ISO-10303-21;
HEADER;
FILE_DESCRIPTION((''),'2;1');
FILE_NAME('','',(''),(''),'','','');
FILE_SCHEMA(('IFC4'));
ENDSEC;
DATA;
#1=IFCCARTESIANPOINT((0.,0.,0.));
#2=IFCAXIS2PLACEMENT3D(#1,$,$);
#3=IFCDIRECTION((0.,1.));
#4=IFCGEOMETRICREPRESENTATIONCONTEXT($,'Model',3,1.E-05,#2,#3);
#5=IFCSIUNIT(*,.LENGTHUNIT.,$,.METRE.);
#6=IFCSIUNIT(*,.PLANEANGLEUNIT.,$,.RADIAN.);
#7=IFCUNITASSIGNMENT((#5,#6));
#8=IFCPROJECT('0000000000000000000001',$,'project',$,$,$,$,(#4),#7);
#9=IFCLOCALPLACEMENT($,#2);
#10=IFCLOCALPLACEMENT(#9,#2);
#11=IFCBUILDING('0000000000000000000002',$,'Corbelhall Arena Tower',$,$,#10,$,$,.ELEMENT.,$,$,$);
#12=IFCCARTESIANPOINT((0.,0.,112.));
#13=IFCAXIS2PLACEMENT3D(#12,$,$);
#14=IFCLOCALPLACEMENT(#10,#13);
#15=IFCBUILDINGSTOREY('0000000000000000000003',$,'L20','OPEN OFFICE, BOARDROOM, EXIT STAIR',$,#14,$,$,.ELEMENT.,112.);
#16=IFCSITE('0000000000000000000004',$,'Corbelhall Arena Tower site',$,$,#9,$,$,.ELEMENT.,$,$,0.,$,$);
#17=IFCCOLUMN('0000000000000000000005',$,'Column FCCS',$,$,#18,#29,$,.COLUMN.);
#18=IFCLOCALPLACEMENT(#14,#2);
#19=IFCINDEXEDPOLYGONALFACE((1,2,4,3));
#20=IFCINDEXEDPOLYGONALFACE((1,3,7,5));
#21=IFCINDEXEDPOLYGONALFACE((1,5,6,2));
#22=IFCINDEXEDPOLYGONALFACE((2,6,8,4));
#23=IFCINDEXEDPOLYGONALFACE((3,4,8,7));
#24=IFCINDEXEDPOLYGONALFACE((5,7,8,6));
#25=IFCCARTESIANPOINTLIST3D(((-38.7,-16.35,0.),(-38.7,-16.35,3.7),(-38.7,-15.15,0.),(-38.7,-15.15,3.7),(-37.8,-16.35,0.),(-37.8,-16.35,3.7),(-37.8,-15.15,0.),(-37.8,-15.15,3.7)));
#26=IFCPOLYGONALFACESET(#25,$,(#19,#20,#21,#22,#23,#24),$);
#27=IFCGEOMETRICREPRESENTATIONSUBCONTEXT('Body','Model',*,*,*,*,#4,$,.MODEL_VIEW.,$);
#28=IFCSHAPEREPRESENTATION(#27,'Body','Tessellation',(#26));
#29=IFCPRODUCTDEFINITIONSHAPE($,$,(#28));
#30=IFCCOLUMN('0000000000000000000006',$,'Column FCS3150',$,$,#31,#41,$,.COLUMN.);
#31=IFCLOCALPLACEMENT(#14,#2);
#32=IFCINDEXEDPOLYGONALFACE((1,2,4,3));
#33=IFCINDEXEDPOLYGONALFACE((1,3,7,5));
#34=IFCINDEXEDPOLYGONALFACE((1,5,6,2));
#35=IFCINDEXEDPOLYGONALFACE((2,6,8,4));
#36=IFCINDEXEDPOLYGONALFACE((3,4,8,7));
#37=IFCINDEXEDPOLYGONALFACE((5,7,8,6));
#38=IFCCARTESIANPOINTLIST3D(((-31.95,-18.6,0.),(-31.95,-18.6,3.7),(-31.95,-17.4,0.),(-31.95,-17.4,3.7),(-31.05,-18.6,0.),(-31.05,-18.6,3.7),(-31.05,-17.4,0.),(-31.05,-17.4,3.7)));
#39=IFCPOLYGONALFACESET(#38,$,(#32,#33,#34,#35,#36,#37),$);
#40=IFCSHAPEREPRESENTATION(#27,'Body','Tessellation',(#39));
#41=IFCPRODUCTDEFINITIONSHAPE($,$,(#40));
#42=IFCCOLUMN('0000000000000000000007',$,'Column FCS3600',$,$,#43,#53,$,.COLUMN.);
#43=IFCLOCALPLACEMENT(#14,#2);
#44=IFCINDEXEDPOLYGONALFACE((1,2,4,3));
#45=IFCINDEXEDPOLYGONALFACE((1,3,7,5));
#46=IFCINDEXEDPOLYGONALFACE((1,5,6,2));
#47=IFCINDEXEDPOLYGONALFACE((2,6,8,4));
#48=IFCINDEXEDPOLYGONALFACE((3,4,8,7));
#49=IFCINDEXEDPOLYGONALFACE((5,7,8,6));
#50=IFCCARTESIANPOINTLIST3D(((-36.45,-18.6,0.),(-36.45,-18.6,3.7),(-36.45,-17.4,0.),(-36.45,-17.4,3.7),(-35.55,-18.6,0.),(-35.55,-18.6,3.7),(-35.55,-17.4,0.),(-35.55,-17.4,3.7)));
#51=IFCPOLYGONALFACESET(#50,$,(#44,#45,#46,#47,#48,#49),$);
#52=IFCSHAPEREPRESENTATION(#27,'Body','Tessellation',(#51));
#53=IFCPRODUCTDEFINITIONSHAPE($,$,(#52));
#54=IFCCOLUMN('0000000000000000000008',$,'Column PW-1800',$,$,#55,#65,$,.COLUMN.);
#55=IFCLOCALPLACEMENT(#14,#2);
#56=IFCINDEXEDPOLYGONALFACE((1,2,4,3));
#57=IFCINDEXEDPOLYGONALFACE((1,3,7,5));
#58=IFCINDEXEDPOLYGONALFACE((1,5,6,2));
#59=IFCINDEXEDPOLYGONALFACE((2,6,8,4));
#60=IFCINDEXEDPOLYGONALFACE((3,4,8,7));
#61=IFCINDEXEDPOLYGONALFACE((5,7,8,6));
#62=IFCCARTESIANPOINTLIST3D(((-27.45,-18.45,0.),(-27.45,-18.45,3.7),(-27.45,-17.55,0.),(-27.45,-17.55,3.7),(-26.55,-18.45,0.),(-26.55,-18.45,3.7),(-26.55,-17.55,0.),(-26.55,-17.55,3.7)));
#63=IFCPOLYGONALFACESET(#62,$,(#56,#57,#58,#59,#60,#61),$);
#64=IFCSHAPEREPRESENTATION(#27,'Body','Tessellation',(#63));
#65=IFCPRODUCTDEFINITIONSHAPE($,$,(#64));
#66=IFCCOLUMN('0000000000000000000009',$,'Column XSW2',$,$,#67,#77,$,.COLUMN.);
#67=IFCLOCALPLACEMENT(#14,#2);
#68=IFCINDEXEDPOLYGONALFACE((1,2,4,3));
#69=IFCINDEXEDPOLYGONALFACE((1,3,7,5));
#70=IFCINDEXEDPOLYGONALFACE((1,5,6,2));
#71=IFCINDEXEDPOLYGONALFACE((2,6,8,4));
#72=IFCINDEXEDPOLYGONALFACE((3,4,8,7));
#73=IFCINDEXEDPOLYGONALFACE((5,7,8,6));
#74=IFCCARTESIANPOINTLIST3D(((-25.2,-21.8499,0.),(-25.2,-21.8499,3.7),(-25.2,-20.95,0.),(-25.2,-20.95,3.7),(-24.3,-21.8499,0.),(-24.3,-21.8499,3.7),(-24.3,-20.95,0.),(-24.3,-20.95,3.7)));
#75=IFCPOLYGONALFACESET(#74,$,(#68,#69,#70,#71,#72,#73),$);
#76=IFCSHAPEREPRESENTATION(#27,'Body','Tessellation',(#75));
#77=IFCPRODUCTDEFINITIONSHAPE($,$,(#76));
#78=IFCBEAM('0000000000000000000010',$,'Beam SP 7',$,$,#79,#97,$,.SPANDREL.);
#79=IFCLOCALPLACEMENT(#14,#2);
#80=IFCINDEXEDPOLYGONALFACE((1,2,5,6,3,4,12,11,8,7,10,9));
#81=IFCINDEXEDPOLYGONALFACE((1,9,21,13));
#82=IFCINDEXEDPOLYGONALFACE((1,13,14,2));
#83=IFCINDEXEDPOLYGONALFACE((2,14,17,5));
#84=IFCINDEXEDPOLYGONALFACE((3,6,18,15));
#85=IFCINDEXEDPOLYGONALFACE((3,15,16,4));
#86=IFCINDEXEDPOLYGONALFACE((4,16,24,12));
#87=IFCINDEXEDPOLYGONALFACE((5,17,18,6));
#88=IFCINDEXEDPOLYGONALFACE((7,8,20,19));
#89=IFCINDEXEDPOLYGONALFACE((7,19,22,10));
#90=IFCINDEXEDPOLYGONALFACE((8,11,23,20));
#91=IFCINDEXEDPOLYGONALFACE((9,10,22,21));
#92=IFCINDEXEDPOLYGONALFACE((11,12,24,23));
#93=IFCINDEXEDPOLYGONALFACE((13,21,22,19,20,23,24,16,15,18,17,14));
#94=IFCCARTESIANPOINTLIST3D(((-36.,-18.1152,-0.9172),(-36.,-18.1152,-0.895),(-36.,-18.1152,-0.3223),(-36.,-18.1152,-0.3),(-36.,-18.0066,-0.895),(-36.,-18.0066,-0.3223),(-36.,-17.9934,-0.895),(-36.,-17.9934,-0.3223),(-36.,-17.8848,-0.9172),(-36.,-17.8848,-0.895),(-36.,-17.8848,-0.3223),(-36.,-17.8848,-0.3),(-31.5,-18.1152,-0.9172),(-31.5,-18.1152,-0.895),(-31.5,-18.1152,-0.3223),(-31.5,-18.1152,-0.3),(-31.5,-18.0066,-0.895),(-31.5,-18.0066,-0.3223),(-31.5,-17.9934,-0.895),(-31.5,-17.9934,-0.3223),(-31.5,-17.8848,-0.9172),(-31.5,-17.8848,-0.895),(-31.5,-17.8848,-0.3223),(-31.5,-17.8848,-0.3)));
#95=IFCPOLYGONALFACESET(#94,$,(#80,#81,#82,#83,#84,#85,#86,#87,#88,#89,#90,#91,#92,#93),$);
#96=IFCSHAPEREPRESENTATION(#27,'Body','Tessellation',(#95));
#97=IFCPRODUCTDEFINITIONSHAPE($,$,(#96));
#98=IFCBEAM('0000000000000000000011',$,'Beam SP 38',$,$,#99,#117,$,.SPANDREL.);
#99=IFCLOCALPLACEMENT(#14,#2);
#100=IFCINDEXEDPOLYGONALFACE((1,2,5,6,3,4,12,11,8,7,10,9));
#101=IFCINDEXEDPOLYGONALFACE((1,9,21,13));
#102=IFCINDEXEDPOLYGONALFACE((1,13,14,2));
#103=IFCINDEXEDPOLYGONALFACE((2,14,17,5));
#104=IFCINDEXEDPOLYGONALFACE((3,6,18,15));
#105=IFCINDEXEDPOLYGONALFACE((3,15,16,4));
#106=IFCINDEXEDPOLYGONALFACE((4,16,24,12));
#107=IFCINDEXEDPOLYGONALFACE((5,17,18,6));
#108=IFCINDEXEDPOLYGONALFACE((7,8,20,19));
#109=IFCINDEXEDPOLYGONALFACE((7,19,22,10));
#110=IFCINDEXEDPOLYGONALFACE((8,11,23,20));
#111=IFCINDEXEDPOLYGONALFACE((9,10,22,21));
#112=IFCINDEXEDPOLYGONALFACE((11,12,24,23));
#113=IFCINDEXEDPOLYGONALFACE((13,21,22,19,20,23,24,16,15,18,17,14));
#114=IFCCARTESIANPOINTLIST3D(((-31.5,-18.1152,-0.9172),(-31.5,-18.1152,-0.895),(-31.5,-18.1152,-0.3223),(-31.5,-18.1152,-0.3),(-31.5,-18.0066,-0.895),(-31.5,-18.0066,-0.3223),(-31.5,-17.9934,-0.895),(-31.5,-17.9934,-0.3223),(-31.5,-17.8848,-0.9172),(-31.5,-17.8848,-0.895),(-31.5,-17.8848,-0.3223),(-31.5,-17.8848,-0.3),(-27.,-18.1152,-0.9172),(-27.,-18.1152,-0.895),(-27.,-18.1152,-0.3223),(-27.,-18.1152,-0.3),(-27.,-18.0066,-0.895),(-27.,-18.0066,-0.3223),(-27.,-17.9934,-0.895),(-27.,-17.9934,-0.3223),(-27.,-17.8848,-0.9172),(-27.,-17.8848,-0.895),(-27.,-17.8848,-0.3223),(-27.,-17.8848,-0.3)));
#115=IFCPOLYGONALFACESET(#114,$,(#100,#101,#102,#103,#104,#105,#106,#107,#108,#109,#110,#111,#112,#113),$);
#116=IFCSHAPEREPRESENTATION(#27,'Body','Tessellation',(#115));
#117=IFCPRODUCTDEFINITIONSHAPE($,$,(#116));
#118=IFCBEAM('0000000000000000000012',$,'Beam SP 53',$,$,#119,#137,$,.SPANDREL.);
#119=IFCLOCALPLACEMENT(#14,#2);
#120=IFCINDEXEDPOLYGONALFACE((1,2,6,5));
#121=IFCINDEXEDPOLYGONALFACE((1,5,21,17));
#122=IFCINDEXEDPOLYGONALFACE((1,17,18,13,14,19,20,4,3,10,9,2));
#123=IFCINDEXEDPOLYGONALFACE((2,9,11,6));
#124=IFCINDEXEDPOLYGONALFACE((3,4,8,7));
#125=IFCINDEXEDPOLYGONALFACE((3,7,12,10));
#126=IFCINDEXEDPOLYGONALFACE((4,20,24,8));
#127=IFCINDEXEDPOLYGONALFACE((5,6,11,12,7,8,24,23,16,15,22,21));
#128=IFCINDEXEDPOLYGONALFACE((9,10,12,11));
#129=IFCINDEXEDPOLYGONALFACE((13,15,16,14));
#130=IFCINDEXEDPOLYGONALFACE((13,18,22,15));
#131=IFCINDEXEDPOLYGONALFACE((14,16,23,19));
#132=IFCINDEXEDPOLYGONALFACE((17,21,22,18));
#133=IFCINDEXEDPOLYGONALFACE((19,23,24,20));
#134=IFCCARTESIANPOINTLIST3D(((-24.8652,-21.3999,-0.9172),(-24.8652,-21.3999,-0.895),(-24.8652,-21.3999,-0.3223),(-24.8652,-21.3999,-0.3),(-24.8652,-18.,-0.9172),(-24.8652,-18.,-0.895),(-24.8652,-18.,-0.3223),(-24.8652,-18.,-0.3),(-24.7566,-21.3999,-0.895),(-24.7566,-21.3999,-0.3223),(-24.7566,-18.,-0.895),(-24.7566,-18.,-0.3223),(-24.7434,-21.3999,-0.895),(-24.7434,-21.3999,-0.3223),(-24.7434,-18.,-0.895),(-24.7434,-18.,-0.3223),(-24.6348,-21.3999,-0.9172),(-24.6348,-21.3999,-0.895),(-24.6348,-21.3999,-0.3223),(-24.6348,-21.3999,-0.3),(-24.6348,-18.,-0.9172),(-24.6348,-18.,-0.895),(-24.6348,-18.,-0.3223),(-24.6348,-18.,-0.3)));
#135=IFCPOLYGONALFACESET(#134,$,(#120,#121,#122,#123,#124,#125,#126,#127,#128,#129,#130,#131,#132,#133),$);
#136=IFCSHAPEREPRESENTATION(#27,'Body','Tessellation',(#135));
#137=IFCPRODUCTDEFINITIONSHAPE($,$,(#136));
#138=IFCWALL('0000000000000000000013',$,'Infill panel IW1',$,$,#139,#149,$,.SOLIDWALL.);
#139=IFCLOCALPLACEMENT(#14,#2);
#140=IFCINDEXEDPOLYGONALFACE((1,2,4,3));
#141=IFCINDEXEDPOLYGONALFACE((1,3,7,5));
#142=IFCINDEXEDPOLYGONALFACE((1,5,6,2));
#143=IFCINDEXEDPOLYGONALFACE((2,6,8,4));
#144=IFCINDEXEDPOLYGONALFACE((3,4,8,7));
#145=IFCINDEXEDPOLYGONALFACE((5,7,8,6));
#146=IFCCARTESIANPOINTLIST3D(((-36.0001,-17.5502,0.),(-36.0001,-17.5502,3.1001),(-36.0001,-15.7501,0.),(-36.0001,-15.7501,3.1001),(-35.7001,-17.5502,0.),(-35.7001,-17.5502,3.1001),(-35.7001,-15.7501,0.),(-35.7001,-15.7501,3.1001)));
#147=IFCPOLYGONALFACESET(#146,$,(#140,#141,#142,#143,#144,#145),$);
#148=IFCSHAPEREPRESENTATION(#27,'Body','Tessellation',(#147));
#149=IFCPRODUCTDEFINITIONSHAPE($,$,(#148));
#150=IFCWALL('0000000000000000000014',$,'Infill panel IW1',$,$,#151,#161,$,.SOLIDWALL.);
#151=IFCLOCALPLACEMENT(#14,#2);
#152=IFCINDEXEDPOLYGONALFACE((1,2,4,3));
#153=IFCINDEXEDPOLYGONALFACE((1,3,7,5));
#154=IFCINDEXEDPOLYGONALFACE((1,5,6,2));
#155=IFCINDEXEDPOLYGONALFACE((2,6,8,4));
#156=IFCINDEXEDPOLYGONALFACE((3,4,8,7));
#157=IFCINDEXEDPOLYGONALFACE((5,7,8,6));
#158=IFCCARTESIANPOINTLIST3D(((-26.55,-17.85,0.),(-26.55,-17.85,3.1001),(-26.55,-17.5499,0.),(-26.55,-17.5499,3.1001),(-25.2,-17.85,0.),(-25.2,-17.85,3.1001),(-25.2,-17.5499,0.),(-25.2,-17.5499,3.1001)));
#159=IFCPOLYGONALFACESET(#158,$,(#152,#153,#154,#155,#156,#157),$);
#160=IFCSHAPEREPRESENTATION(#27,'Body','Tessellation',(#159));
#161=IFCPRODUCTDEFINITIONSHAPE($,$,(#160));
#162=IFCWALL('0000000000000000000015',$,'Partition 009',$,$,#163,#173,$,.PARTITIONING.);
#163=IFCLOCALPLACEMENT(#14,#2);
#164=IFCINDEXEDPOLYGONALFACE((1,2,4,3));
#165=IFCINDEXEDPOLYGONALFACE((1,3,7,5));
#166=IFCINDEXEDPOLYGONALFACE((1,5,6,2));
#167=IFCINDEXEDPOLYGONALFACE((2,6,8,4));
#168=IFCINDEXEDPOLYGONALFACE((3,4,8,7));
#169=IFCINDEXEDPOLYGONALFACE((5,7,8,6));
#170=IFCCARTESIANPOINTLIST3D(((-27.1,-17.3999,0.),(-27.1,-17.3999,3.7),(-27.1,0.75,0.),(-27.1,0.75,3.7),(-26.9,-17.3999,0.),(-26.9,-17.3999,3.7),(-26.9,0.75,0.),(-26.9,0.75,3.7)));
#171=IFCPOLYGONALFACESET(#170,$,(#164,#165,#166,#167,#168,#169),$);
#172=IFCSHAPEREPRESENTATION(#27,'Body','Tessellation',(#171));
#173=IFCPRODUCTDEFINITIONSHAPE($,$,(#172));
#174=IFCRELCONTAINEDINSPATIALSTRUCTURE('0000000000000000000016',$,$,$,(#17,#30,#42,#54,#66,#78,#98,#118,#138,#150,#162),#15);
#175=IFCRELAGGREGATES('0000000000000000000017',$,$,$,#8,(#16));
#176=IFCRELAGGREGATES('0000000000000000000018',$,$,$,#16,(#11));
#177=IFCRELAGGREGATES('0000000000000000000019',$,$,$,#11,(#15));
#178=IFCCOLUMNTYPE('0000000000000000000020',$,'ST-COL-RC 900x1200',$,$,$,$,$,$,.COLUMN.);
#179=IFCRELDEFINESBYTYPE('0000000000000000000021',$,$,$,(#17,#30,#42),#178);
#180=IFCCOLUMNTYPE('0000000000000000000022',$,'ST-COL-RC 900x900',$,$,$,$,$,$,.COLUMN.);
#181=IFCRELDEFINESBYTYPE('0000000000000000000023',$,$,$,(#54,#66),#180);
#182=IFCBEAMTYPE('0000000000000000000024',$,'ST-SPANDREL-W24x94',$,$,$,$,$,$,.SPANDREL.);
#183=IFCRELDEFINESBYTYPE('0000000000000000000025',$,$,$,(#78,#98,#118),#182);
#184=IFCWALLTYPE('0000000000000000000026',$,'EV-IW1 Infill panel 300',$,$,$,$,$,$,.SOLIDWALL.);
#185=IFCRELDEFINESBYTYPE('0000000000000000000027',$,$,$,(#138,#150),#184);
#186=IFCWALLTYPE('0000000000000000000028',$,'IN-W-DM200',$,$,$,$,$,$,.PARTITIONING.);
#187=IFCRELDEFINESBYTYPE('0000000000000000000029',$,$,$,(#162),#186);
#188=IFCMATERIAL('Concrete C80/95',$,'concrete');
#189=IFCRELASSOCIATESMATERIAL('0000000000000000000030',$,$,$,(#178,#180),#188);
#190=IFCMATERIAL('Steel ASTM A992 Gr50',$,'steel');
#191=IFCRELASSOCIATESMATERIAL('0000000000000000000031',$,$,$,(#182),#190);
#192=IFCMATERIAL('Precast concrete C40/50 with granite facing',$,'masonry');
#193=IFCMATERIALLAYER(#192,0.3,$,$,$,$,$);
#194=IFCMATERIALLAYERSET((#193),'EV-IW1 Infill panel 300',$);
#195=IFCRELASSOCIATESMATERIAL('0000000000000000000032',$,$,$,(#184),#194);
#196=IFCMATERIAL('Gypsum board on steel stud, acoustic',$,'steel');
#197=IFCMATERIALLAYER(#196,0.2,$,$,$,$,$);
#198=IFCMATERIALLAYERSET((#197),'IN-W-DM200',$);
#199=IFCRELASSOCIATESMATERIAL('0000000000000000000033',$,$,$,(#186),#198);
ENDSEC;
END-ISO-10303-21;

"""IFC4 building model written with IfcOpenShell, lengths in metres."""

from ifc_helpers import new_model, si_unit, direction, frame, frame_2d, origin, origin_2d, place, context, subcontext, project, spatial, rectangle, i_section, extrude, material, layer, layer_set, material_profile, profile_set, type_object, element, save


model = new_model("IFC4")

# Units and contexts
model_context = context("Model", 3, precision=1e-05, world=origin(), true_north=direction((0.0, 1.0)))
body_context = subcontext(model_context, "Body", "Model", "MODEL_VIEW")
ifc_project = project(units=[si_unit("LENGTHUNIT", "METRE"), si_unit("PLANEANGLEUNIT", "RADIAN")], contexts=[model_context])

# Site, building, storey
site_placement = place(None, origin())
site = spatial("IfcSite", under=ifc_project, at=site_placement, Name="Corbelhall Arena Tower site", CompositionType="ELEMENT", RefElevation=0.0)
building_placement = place(site_placement, origin())
building = spatial("IfcBuilding", under=site, at=building_placement, Name="Corbelhall Arena Tower", CompositionType="ELEMENT")
storey_placement = place(building_placement, frame((0.0, 0.0, 112.0)))
storey = spatial("IfcBuildingStorey", under=building, at=storey_placement, Name="L20", Description="OPEN OFFICE, BOARDROOM, EXIT STAIR", CompositionType="ELEMENT", Elevation=112.0)

# Columns
ifc_material_1 = material(Name="Concrete C80/95", Category="concrete")
ifc_material_profile_1 = material_profile(ifc_material_1, rectangle(XDim=0.8999, YDim=1.2, at=origin_2d()))
ifc_profile_set_1 = profile_set([ifc_material_profile_1], Name="Concrete C80/95")
column_type_1 = type_object("IfcColumnType", Name="ST-COL-RC 900x1200", PredefinedType="COLUMN", material=ifc_profile_set_1)
for number, where, z_axis, x_axis, name in (
    (1, (-38.25, -15.75, 0.0), (0.0, 0.0, 1.0), (1.0, 0.0, 0.0), "Column FCCS"),
    (2, (-31.5, -18.0, 0.0), (0.0, 0.0, 1.0), (1.0, 0.0, 0.0), "Column FCS3150"),
    (3, (-36.0, -18.0, 0.0), (0.0, 0.0, 1.0), (1.0, 0.0, 0.0), "Column FCS3600"),
):
    element("IfcColumn", number, at=place(storey_placement, frame(where, z_axis=z_axis, x_axis=x_axis)), inside=storey, type_object=column_type_1, Name=name, PredefinedType="COLUMN", context=body_context, shape_type="SweptSolid", body=[
        extrude(rectangle(XDim=0.8999, YDim=1.2, at=origin_2d()), origin(), (0.0, 0.0, 1.0), 3.7),
    ])
ifc_material_profile_2 = material_profile(ifc_material_1, rectangle(XDim=0.8999, YDim=0.8999, at=origin_2d()))
ifc_profile_set_2 = profile_set([ifc_material_profile_2], Name="Concrete C80/95")
column_type_2 = type_object("IfcColumnType", Name="ST-COL-RC 900x900", PredefinedType="COLUMN", material=ifc_profile_set_2)
for number, where, z_axis, x_axis, name in (
    (4, (-27.0, -18.0, 0.0), (0.0, 0.0, 1.0), (1.0, 0.0, 0.0), "Column PW-1800"),
    (5, (-24.75, -21.3999, 0.0), (0.0, 0.0, 1.0), (1.0, 0.0, 0.0), "Column XSW2"),
):
    element("IfcColumn", number, at=place(storey_placement, frame(where, z_axis=z_axis, x_axis=x_axis)), inside=storey, type_object=column_type_2, Name=name, PredefinedType="COLUMN", context=body_context, shape_type="SweptSolid", body=[
        extrude(rectangle(XDim=0.8999, YDim=0.8999, at=origin_2d()), origin(), (0.0, 0.0, 1.0), 3.7),
    ])

# Beams
ifc_material_2 = material(Name="Steel ASTM A992 Gr50", Category="steel")
ifc_material_profile_3 = material_profile(ifc_material_2, i_section(OverallWidth=0.2305, OverallDepth=0.6172, WebThickness=0.0132, FlangeThickness=0.0222, at=origin_2d()))
ifc_profile_set_3 = profile_set([ifc_material_profile_3], Name="Steel ASTM A992 Gr50")
beam_type = type_object("IfcBeamType", Name="ST-SPANDREL-W24x94", PredefinedType="SPANDREL", material=ifc_profile_set_3)
for number, where, z_axis, x_axis, name in (
    (6, (-31.5, -18.0, -0.6086), (-1.0, 0.0, 0.0), (0.0, -1.0, 0.0), "Beam SP 7"),
    (7, (-27.0, -18.0, -0.6086), (-1.0, 0.0, 0.0), (0.0, -1.0, 0.0), "Beam SP 38"),
):
    element("IfcBeam", number, at=place(storey_placement, frame(where, z_axis=z_axis, x_axis=x_axis)), inside=storey, type_object=beam_type, Name=name, PredefinedType="SPANDREL", context=body_context, shape_type="SweptSolid", body=[
        extrude(i_section(OverallWidth=0.2305, OverallDepth=0.6172, WebThickness=0.0132, FlangeThickness=0.0222, at=origin_2d()), origin(), (0.0, 0.0, 1.0), 4.5),
    ])
beam_placement = place(storey_placement, frame((-24.75, -21.3999, -0.6086), z_axis=(0.0, 1.0, 0.0), x_axis=(-1.0, 0.0, 0.0)))
element("IfcBeam", 8, at=beam_placement, inside=storey, type_object=beam_type, Name="Beam SP 53", PredefinedType="SPANDREL", context=body_context, shape_type="SweptSolid", body=[
    extrude(i_section(OverallWidth=0.2305, OverallDepth=0.6172, WebThickness=0.0132, FlangeThickness=0.0222, at=origin_2d()), origin(), (0.0, 0.0, 1.0), 3.3999),
])

# Wall
ifc_material_3 = material(Name="Precast concrete C40/50 with granite facing", Category="masonry")
ifc_layer_1 = layer(ifc_material_3, 0.3)
ifc_layer_set_1 = layer_set([ifc_layer_1], Name="EV-IW1 Infill panel 300")
wall_type_1 = type_object("IfcWallType", Name="EV-IW1 Infill panel 300", PredefinedType="SOLIDWALL", material=ifc_layer_set_1)
wall_1_placement = place(storey_placement, frame((-35.8501, -17.55, 0.0), z_axis=(0.0, 0.0, 1.0), x_axis=(0.0, 1.0, 0.0)))
element("IfcWall", 9, at=wall_1_placement, inside=storey, type_object=wall_type_1, Name="Infill panel IW1", PredefinedType="SOLIDWALL", context=body_context, shape_type="SweptSolid", body=[
    extrude(rectangle(XDim=1.8, YDim=0.3, at=frame_2d((0.8999, 0.0))), origin(), (0.0, 0.0, 1.0), 3.1001),
])

# Walls
wall_2_placement = place(storey_placement, frame((-26.55, -17.7, 0.0), z_axis=(0.0, 0.0, 1.0), x_axis=(1.0, 0.0, 0.0)))
element("IfcWall", 10, at=wall_2_placement, inside=storey, type_object=wall_type_1, Name="Infill panel IW1", PredefinedType="SOLIDWALL", context=body_context, shape_type="SweptSolid", body=[
    extrude(rectangle(XDim=1.3501, YDim=0.3, at=frame_2d((0.675, 0.0))), origin(), (0.0, 0.0, 1.0), 3.1001),
])
ifc_material_4 = material(Name="Gypsum board on steel stud, acoustic", Category="steel")
ifc_layer_2 = layer(ifc_material_4, 0.2)
ifc_layer_set_2 = layer_set([ifc_layer_2], Name="IN-W-DM200")
wall_type_2 = type_object("IfcWallType", Name="IN-W-DM200", PredefinedType="PARTITIONING", material=ifc_layer_set_2)
wall_3_placement = place(storey_placement, frame((-27.0, -17.3999, 0.0), z_axis=(0.0, 0.0, 1.0), x_axis=(0.0, 1.0, 0.0)))
element("IfcWall", 11, at=wall_3_placement, inside=storey, type_object=wall_type_2, Name="Partition 009", PredefinedType="PARTITIONING", context=body_context, shape_type="SweptSolid", body=[
    extrude(rectangle(XDim=18.1499, YDim=0.2, at=frame_2d((9.075, 0.0))), origin(), (0.0, 0.0, 1.0), 3.7),
])

save(model, "model.ifc")
